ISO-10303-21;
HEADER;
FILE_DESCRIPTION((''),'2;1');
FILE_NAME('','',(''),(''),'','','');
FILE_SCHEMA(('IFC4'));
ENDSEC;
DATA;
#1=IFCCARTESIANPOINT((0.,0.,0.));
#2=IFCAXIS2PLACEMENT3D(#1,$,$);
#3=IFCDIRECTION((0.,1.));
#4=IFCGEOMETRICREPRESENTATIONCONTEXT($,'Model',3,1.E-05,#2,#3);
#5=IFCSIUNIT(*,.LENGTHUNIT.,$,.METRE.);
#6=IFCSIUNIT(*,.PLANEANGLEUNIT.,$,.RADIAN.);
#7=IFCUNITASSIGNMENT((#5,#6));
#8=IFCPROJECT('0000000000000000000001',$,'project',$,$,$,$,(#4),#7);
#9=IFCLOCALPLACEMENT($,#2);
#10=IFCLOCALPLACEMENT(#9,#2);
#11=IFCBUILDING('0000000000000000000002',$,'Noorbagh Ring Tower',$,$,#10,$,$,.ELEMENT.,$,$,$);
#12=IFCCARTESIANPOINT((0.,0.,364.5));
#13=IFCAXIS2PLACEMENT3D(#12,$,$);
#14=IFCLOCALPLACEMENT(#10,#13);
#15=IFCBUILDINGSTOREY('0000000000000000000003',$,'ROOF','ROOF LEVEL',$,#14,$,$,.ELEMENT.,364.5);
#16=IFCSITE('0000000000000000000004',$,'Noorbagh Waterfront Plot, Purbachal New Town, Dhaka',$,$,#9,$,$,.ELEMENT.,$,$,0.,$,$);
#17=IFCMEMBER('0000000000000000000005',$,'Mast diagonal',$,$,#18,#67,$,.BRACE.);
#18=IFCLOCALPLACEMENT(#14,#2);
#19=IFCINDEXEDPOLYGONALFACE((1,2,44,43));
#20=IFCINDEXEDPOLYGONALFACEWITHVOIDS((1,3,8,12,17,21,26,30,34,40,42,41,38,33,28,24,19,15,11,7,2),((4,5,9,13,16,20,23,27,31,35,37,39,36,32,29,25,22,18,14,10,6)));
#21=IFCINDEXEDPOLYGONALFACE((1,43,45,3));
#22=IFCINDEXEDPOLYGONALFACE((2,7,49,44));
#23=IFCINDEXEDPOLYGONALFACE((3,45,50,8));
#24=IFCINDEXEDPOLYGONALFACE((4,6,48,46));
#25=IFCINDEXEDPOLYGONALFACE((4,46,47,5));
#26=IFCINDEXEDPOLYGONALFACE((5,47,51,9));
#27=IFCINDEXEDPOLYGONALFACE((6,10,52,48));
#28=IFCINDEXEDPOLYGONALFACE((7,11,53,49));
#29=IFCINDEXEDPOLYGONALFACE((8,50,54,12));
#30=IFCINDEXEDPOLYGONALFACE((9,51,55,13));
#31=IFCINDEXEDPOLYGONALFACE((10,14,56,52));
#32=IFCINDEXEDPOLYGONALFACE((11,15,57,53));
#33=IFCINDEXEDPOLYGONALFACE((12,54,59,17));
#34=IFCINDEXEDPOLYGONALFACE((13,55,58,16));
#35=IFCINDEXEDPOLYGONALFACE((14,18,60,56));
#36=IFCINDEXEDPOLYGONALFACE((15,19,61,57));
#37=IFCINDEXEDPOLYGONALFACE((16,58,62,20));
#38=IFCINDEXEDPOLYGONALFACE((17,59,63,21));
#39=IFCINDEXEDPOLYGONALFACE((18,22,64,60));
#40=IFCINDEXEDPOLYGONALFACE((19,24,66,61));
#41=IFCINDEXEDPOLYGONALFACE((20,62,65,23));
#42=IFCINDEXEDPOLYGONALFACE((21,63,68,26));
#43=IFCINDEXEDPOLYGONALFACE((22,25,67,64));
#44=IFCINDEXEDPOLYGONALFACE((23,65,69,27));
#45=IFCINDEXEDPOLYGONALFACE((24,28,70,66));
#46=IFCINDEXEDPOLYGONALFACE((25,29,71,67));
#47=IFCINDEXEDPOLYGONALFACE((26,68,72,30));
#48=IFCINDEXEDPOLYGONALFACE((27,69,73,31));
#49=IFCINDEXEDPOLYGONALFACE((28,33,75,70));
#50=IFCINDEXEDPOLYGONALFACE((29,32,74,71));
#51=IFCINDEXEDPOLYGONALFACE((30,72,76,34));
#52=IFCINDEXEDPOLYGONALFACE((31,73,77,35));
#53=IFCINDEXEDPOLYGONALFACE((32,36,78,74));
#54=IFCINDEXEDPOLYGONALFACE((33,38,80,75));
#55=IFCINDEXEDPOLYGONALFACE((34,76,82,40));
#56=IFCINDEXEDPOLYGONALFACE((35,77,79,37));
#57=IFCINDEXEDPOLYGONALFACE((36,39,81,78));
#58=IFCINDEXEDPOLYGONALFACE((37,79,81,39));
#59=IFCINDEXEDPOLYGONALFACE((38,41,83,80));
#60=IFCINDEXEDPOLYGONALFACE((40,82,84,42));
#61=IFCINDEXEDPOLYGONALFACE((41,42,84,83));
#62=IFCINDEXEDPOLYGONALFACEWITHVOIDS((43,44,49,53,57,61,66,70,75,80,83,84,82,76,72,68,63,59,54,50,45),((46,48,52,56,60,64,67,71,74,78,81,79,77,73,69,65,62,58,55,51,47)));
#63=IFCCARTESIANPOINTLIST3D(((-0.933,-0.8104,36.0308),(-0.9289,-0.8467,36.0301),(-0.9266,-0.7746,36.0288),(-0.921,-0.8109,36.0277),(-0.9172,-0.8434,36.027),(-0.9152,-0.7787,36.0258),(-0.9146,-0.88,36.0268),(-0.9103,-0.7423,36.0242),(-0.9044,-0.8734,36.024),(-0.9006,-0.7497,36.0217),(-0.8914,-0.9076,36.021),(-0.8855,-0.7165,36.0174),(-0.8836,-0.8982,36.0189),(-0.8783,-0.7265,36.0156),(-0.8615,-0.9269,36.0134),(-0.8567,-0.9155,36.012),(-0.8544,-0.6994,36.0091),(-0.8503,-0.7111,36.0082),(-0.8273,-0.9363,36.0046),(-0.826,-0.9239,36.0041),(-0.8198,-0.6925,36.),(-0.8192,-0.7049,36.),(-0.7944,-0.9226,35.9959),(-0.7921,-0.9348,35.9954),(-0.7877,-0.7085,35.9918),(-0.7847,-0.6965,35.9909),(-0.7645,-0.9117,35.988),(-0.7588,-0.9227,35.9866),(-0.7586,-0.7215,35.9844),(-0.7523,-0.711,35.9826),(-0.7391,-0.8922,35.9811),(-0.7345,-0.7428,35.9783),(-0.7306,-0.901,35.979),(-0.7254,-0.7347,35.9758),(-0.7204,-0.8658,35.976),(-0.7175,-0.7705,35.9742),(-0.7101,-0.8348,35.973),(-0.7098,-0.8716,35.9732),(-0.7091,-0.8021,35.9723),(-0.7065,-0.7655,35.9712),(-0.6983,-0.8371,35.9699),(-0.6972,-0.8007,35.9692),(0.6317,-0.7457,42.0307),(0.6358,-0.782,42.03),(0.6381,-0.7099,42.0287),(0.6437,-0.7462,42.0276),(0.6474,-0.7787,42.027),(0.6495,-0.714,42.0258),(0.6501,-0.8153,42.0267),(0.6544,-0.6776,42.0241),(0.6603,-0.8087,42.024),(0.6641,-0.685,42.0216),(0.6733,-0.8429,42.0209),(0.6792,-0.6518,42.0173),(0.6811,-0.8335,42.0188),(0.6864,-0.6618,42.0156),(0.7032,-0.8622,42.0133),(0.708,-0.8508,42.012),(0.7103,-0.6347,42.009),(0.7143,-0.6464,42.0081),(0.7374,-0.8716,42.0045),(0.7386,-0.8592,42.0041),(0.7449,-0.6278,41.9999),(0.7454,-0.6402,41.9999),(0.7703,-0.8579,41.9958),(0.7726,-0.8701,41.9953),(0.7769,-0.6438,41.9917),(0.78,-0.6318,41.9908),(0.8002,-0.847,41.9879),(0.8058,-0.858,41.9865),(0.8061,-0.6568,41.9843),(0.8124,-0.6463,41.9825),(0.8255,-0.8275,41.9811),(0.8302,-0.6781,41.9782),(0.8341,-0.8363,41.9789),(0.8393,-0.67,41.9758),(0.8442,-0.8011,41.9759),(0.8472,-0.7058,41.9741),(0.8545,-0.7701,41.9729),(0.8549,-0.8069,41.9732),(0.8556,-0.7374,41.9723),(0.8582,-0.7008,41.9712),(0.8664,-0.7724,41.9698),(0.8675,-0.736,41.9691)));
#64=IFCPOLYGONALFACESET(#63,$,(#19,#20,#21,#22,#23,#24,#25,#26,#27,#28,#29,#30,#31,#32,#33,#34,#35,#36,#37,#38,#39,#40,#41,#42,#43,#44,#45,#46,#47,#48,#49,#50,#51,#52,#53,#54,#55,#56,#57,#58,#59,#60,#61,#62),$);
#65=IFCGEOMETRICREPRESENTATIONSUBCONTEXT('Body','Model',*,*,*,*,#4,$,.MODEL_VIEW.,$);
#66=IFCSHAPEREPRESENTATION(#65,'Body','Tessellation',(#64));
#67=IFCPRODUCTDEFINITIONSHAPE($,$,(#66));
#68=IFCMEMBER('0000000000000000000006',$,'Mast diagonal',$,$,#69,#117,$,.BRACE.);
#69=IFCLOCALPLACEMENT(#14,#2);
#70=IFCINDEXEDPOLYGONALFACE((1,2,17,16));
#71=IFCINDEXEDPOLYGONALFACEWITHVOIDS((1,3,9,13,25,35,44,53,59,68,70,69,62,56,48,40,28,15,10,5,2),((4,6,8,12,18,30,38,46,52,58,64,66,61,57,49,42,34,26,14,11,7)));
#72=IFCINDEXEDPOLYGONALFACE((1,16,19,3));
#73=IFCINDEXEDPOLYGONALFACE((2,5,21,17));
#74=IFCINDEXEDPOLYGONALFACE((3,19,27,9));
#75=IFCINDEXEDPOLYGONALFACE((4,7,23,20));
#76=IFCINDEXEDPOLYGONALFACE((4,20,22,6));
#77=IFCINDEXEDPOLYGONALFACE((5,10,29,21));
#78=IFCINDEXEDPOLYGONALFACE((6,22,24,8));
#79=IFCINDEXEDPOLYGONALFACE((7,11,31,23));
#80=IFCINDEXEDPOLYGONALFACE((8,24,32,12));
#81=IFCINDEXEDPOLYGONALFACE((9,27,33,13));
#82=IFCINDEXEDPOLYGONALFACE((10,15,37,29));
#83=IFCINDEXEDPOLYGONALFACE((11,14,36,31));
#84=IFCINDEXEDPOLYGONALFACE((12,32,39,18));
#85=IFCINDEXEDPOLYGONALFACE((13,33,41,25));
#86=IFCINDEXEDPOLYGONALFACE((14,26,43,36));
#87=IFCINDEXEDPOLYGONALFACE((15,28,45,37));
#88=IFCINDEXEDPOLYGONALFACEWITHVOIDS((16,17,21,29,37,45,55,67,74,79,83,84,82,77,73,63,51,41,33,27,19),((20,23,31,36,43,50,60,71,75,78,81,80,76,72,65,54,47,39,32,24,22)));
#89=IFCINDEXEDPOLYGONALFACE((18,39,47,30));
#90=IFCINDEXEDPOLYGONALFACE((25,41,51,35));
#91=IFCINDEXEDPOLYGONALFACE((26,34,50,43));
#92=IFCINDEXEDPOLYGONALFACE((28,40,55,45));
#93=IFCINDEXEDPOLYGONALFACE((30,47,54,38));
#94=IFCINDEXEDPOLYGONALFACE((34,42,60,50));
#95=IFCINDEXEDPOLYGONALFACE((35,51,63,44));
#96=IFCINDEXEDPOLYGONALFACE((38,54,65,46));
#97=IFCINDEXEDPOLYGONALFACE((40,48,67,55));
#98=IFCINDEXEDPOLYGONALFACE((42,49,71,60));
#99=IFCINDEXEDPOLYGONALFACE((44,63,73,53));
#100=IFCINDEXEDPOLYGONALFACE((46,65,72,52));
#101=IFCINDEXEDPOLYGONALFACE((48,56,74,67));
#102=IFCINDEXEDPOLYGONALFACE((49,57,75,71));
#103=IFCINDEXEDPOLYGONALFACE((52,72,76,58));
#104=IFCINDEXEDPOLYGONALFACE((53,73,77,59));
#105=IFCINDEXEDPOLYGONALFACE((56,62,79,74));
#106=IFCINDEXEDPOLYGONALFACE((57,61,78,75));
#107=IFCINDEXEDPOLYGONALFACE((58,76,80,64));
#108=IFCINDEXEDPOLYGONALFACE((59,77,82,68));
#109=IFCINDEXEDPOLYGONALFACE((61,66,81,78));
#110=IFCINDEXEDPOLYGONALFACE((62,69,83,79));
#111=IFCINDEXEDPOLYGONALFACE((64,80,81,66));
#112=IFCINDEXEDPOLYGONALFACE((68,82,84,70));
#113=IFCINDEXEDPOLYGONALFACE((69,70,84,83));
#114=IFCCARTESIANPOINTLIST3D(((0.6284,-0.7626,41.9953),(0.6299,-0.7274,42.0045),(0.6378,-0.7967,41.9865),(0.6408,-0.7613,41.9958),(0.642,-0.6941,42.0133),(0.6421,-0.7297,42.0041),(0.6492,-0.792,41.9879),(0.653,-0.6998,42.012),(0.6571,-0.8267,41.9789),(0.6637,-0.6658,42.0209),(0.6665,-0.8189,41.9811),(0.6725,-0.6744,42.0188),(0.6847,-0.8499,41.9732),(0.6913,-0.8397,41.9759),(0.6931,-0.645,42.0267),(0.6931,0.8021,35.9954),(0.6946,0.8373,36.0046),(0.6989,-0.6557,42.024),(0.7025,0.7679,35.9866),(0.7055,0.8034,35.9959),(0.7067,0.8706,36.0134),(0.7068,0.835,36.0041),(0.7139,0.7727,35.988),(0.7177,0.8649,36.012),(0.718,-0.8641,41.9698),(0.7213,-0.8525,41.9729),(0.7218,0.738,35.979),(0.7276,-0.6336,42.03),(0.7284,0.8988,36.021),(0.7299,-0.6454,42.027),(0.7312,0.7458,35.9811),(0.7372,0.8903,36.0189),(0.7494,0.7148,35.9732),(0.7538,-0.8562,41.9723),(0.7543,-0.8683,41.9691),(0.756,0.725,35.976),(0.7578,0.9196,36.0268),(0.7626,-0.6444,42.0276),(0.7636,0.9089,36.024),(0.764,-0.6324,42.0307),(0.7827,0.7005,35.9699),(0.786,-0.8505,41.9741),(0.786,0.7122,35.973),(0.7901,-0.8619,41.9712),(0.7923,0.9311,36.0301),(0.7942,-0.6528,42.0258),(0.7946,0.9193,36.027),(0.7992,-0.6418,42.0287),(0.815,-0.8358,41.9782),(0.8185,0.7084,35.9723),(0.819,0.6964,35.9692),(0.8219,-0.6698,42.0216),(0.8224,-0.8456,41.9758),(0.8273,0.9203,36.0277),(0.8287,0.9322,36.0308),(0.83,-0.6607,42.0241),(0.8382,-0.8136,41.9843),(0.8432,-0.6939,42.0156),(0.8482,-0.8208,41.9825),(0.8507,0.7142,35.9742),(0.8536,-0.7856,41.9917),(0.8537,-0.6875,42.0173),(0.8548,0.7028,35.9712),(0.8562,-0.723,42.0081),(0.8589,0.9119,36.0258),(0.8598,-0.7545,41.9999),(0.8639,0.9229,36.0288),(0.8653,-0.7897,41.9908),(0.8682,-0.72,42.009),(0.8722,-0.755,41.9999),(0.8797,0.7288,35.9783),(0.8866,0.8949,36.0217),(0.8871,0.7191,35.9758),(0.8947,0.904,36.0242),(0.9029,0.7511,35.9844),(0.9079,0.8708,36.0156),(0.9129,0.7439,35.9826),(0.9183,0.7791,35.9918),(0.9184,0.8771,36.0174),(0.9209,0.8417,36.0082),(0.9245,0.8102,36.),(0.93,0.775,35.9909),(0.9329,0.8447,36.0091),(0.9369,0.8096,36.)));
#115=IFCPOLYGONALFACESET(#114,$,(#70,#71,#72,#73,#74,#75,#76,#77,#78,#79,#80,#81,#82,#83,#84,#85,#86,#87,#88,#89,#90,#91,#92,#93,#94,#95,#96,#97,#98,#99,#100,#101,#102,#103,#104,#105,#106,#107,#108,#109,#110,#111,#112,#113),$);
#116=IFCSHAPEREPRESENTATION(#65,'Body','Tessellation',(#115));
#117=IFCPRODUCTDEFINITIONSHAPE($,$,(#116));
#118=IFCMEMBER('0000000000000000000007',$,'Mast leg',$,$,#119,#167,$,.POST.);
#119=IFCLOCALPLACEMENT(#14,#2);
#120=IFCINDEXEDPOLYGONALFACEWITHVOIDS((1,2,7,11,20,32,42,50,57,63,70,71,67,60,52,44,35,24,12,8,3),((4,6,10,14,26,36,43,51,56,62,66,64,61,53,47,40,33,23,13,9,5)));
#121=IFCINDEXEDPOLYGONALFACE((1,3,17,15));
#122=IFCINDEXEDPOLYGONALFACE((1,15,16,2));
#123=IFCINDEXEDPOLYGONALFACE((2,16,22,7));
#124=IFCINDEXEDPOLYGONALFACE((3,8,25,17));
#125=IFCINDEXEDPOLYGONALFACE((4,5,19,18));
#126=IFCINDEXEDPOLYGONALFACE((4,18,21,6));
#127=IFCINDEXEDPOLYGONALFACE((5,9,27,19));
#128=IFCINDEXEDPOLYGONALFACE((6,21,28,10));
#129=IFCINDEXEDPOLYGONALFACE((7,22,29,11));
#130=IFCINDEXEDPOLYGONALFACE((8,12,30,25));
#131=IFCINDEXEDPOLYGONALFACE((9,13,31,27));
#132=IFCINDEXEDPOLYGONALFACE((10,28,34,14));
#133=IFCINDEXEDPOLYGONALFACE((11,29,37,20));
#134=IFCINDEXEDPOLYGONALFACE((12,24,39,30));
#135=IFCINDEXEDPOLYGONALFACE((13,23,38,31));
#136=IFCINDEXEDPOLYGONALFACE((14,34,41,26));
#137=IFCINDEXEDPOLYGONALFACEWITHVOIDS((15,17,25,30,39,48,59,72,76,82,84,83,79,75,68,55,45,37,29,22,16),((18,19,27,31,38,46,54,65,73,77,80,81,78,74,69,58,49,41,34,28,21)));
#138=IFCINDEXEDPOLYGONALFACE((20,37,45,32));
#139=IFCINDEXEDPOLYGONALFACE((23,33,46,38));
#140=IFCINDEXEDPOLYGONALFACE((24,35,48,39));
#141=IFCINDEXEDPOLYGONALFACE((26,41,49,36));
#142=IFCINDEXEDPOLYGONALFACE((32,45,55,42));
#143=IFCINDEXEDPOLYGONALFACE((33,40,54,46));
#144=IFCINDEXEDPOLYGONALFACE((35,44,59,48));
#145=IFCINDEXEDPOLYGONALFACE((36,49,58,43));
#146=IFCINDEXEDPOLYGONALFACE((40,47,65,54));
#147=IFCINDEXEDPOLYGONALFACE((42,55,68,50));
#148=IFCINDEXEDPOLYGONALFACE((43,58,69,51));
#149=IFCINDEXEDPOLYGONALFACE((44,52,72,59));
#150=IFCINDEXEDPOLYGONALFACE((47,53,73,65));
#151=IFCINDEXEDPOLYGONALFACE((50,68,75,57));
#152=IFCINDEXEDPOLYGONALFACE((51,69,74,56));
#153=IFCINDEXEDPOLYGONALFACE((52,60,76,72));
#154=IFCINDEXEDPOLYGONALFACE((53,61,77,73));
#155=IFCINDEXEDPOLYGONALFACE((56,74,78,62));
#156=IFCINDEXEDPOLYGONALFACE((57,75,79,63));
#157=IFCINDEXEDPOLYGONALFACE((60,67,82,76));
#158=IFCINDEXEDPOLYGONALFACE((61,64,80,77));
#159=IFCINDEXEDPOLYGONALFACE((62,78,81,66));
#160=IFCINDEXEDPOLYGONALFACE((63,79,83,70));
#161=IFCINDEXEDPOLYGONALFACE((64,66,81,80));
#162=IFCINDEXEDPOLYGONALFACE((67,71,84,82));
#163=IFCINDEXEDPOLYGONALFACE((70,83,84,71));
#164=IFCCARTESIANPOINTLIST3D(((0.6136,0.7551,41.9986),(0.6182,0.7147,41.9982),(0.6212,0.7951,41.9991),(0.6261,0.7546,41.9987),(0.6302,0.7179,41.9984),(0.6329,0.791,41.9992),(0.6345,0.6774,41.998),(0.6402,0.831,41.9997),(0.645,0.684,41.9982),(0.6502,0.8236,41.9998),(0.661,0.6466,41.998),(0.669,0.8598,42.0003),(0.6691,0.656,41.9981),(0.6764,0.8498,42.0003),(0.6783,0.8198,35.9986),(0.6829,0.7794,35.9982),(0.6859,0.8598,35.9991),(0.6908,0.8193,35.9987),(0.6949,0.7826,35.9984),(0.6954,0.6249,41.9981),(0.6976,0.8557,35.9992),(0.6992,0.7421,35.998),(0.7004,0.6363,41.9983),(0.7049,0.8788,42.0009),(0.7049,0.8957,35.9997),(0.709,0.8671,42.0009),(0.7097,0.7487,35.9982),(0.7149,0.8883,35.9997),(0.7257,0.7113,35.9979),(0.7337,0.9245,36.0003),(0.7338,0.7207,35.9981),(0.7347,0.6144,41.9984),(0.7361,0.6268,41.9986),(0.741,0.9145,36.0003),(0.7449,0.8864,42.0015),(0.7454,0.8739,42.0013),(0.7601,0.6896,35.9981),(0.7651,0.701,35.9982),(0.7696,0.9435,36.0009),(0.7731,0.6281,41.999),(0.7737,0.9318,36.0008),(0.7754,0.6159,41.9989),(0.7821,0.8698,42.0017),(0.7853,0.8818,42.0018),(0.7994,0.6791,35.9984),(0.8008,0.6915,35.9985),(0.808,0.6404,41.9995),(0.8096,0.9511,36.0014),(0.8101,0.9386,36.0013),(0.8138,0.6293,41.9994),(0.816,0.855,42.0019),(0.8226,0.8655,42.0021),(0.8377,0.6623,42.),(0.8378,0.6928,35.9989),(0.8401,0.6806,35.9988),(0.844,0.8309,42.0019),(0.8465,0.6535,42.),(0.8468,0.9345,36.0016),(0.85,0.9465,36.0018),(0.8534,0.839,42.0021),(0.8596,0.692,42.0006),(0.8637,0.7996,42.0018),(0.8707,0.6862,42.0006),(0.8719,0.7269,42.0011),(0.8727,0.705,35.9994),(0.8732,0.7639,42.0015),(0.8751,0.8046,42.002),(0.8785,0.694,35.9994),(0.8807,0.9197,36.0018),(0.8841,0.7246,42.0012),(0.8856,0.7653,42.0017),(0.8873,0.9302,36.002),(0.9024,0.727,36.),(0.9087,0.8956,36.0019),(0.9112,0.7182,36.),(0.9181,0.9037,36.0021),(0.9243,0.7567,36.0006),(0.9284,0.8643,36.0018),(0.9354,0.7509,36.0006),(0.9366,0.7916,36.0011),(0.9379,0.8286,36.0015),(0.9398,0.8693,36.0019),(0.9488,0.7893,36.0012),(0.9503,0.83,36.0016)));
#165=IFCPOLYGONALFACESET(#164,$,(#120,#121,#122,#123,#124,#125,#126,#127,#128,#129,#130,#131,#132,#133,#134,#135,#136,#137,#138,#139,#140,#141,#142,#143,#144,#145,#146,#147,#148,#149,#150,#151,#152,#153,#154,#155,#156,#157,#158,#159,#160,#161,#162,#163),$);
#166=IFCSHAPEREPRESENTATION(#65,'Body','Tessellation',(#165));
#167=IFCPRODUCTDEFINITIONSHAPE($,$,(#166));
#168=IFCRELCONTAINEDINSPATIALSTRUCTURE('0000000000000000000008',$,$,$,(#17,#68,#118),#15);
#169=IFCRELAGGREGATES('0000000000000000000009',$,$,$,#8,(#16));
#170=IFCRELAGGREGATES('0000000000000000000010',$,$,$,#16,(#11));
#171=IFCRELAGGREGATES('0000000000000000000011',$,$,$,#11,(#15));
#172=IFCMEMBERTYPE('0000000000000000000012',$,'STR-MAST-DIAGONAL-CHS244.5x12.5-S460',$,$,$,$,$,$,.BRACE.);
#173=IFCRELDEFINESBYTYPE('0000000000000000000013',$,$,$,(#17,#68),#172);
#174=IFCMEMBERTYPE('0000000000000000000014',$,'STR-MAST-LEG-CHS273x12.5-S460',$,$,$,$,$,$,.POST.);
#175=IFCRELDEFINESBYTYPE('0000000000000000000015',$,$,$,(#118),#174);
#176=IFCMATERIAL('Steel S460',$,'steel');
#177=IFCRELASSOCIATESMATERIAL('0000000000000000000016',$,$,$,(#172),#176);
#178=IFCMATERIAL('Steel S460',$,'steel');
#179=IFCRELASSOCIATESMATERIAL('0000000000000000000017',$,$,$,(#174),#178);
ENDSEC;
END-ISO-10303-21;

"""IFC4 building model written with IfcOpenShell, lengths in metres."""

from ifc_helpers import new_model, si_unit, direction, frame, origin, origin_2d, place, context, subcontext, project, spatial, hollow_circle, extrude, material, material_profile, profile_set, type_object, element, save


model = new_model("IFC4")

# Units and contexts
model_context = context("Model", 3, precision=1e-05, world=origin(), true_north=direction((0.0, 1.0)))
body_context = subcontext(model_context, "Body", "Model", "MODEL_VIEW")
ifc_project = project(units=[si_unit("LENGTHUNIT", "METRE"), si_unit("PLANEANGLEUNIT", "RADIAN")], contexts=[model_context])

# Site, building, storey
site_placement = place(None, origin())
site = spatial("IfcSite", under=ifc_project, at=site_placement, Name="Noorbagh Waterfront Plot, Purbachal New Town, Dhaka", CompositionType="ELEMENT", RefElevation=0.0)
building_placement = place(site_placement, origin())
building = spatial("IfcBuilding", under=site, at=building_placement, Name="Noorbagh Ring Tower", CompositionType="ELEMENT")
storey_placement = place(building_placement, frame((0.0, 0.0, 364.5)))
storey = spatial("IfcBuildingStorey", under=building, at=storey_placement, Name="ROOF", Description="ROOF LEVEL", CompositionType="ELEMENT", Elevation=364.5)

# Members
ifc_material_1 = material(Name="Steel S460", Category="steel")
ifc_material_profile_1 = material_profile(ifc_material_1, hollow_circle(Radius=0.1223, WallThickness=0.0125, at=origin_2d()), Name="CHS244.5x12.5")
ifc_profile_set_1 = profile_set([ifc_material_profile_1], Name="Steel S460")
member_type_1 = type_object("IfcMemberType", Name="STR-MAST-DIAGONAL-CHS244.5x12.5-S460", PredefinedType="BRACE", material=ifc_profile_set_1)
for number, where, z_axis, x_axis, name in (
    (1, (-0.8147, -0.8147, 36.0), (0.25233, 0.010433, 0.967585), (-0.041313, 0.999146, 0.0), "Mast diagonal"),
    (2, (0.8147, 0.8147, 36.0), (-0.010433, -0.25233, 0.967585), (0.999146, -0.041313, 0.0), "Mast diagonal"),
):
    element("IfcMember", number, at=place(storey_placement, frame(where, z_axis=z_axis, x_axis=x_axis)), inside=storey, type_object=member_type_1, Name=name, PredefinedType="BRACE", context=body_context, shape_type="SweptSolid", body=[
        extrude(hollow_circle(Radius=0.1223, WallThickness=0.0125, at=origin_2d()), origin(), (0.0, 0.0, 1.0), 6.2009),
    ])
ifc_material_2 = material(Name="Steel S460", Category="steel")
ifc_material_profile_2 = material_profile(ifc_material_2, hollow_circle(Radius=0.1365, WallThickness=0.0125, at=origin_2d()), Name="CHS273x12.5")
ifc_profile_set_2 = profile_set([ifc_material_profile_2], Name="Steel S460")
member_type_2 = type_object("IfcMemberType", Name="STR-MAST-LEG-CHS273x12.5-S460", PredefinedType="POST", material=ifc_profile_set_2)
for number, where, z_axis, x_axis, name in (
    (3, (0.8147, 0.8147, 36.0), (-0.010782, -0.010782, 0.999884), (0.707107, -0.707107, 0.0), "Mast leg"),
):
    element("IfcMember", number, at=place(storey_placement, frame(where, z_axis=z_axis, x_axis=x_axis)), inside=storey, type_object=member_type_2, Name=name, PredefinedType="POST", context=body_context, shape_type="SweptSolid", body=[
        extrude(hollow_circle(Radius=0.1365, WallThickness=0.0125, at=origin_2d()), origin(), (0.0, 0.0, 1.0), 6.0007),
    ])

save(model, "model.ifc")
